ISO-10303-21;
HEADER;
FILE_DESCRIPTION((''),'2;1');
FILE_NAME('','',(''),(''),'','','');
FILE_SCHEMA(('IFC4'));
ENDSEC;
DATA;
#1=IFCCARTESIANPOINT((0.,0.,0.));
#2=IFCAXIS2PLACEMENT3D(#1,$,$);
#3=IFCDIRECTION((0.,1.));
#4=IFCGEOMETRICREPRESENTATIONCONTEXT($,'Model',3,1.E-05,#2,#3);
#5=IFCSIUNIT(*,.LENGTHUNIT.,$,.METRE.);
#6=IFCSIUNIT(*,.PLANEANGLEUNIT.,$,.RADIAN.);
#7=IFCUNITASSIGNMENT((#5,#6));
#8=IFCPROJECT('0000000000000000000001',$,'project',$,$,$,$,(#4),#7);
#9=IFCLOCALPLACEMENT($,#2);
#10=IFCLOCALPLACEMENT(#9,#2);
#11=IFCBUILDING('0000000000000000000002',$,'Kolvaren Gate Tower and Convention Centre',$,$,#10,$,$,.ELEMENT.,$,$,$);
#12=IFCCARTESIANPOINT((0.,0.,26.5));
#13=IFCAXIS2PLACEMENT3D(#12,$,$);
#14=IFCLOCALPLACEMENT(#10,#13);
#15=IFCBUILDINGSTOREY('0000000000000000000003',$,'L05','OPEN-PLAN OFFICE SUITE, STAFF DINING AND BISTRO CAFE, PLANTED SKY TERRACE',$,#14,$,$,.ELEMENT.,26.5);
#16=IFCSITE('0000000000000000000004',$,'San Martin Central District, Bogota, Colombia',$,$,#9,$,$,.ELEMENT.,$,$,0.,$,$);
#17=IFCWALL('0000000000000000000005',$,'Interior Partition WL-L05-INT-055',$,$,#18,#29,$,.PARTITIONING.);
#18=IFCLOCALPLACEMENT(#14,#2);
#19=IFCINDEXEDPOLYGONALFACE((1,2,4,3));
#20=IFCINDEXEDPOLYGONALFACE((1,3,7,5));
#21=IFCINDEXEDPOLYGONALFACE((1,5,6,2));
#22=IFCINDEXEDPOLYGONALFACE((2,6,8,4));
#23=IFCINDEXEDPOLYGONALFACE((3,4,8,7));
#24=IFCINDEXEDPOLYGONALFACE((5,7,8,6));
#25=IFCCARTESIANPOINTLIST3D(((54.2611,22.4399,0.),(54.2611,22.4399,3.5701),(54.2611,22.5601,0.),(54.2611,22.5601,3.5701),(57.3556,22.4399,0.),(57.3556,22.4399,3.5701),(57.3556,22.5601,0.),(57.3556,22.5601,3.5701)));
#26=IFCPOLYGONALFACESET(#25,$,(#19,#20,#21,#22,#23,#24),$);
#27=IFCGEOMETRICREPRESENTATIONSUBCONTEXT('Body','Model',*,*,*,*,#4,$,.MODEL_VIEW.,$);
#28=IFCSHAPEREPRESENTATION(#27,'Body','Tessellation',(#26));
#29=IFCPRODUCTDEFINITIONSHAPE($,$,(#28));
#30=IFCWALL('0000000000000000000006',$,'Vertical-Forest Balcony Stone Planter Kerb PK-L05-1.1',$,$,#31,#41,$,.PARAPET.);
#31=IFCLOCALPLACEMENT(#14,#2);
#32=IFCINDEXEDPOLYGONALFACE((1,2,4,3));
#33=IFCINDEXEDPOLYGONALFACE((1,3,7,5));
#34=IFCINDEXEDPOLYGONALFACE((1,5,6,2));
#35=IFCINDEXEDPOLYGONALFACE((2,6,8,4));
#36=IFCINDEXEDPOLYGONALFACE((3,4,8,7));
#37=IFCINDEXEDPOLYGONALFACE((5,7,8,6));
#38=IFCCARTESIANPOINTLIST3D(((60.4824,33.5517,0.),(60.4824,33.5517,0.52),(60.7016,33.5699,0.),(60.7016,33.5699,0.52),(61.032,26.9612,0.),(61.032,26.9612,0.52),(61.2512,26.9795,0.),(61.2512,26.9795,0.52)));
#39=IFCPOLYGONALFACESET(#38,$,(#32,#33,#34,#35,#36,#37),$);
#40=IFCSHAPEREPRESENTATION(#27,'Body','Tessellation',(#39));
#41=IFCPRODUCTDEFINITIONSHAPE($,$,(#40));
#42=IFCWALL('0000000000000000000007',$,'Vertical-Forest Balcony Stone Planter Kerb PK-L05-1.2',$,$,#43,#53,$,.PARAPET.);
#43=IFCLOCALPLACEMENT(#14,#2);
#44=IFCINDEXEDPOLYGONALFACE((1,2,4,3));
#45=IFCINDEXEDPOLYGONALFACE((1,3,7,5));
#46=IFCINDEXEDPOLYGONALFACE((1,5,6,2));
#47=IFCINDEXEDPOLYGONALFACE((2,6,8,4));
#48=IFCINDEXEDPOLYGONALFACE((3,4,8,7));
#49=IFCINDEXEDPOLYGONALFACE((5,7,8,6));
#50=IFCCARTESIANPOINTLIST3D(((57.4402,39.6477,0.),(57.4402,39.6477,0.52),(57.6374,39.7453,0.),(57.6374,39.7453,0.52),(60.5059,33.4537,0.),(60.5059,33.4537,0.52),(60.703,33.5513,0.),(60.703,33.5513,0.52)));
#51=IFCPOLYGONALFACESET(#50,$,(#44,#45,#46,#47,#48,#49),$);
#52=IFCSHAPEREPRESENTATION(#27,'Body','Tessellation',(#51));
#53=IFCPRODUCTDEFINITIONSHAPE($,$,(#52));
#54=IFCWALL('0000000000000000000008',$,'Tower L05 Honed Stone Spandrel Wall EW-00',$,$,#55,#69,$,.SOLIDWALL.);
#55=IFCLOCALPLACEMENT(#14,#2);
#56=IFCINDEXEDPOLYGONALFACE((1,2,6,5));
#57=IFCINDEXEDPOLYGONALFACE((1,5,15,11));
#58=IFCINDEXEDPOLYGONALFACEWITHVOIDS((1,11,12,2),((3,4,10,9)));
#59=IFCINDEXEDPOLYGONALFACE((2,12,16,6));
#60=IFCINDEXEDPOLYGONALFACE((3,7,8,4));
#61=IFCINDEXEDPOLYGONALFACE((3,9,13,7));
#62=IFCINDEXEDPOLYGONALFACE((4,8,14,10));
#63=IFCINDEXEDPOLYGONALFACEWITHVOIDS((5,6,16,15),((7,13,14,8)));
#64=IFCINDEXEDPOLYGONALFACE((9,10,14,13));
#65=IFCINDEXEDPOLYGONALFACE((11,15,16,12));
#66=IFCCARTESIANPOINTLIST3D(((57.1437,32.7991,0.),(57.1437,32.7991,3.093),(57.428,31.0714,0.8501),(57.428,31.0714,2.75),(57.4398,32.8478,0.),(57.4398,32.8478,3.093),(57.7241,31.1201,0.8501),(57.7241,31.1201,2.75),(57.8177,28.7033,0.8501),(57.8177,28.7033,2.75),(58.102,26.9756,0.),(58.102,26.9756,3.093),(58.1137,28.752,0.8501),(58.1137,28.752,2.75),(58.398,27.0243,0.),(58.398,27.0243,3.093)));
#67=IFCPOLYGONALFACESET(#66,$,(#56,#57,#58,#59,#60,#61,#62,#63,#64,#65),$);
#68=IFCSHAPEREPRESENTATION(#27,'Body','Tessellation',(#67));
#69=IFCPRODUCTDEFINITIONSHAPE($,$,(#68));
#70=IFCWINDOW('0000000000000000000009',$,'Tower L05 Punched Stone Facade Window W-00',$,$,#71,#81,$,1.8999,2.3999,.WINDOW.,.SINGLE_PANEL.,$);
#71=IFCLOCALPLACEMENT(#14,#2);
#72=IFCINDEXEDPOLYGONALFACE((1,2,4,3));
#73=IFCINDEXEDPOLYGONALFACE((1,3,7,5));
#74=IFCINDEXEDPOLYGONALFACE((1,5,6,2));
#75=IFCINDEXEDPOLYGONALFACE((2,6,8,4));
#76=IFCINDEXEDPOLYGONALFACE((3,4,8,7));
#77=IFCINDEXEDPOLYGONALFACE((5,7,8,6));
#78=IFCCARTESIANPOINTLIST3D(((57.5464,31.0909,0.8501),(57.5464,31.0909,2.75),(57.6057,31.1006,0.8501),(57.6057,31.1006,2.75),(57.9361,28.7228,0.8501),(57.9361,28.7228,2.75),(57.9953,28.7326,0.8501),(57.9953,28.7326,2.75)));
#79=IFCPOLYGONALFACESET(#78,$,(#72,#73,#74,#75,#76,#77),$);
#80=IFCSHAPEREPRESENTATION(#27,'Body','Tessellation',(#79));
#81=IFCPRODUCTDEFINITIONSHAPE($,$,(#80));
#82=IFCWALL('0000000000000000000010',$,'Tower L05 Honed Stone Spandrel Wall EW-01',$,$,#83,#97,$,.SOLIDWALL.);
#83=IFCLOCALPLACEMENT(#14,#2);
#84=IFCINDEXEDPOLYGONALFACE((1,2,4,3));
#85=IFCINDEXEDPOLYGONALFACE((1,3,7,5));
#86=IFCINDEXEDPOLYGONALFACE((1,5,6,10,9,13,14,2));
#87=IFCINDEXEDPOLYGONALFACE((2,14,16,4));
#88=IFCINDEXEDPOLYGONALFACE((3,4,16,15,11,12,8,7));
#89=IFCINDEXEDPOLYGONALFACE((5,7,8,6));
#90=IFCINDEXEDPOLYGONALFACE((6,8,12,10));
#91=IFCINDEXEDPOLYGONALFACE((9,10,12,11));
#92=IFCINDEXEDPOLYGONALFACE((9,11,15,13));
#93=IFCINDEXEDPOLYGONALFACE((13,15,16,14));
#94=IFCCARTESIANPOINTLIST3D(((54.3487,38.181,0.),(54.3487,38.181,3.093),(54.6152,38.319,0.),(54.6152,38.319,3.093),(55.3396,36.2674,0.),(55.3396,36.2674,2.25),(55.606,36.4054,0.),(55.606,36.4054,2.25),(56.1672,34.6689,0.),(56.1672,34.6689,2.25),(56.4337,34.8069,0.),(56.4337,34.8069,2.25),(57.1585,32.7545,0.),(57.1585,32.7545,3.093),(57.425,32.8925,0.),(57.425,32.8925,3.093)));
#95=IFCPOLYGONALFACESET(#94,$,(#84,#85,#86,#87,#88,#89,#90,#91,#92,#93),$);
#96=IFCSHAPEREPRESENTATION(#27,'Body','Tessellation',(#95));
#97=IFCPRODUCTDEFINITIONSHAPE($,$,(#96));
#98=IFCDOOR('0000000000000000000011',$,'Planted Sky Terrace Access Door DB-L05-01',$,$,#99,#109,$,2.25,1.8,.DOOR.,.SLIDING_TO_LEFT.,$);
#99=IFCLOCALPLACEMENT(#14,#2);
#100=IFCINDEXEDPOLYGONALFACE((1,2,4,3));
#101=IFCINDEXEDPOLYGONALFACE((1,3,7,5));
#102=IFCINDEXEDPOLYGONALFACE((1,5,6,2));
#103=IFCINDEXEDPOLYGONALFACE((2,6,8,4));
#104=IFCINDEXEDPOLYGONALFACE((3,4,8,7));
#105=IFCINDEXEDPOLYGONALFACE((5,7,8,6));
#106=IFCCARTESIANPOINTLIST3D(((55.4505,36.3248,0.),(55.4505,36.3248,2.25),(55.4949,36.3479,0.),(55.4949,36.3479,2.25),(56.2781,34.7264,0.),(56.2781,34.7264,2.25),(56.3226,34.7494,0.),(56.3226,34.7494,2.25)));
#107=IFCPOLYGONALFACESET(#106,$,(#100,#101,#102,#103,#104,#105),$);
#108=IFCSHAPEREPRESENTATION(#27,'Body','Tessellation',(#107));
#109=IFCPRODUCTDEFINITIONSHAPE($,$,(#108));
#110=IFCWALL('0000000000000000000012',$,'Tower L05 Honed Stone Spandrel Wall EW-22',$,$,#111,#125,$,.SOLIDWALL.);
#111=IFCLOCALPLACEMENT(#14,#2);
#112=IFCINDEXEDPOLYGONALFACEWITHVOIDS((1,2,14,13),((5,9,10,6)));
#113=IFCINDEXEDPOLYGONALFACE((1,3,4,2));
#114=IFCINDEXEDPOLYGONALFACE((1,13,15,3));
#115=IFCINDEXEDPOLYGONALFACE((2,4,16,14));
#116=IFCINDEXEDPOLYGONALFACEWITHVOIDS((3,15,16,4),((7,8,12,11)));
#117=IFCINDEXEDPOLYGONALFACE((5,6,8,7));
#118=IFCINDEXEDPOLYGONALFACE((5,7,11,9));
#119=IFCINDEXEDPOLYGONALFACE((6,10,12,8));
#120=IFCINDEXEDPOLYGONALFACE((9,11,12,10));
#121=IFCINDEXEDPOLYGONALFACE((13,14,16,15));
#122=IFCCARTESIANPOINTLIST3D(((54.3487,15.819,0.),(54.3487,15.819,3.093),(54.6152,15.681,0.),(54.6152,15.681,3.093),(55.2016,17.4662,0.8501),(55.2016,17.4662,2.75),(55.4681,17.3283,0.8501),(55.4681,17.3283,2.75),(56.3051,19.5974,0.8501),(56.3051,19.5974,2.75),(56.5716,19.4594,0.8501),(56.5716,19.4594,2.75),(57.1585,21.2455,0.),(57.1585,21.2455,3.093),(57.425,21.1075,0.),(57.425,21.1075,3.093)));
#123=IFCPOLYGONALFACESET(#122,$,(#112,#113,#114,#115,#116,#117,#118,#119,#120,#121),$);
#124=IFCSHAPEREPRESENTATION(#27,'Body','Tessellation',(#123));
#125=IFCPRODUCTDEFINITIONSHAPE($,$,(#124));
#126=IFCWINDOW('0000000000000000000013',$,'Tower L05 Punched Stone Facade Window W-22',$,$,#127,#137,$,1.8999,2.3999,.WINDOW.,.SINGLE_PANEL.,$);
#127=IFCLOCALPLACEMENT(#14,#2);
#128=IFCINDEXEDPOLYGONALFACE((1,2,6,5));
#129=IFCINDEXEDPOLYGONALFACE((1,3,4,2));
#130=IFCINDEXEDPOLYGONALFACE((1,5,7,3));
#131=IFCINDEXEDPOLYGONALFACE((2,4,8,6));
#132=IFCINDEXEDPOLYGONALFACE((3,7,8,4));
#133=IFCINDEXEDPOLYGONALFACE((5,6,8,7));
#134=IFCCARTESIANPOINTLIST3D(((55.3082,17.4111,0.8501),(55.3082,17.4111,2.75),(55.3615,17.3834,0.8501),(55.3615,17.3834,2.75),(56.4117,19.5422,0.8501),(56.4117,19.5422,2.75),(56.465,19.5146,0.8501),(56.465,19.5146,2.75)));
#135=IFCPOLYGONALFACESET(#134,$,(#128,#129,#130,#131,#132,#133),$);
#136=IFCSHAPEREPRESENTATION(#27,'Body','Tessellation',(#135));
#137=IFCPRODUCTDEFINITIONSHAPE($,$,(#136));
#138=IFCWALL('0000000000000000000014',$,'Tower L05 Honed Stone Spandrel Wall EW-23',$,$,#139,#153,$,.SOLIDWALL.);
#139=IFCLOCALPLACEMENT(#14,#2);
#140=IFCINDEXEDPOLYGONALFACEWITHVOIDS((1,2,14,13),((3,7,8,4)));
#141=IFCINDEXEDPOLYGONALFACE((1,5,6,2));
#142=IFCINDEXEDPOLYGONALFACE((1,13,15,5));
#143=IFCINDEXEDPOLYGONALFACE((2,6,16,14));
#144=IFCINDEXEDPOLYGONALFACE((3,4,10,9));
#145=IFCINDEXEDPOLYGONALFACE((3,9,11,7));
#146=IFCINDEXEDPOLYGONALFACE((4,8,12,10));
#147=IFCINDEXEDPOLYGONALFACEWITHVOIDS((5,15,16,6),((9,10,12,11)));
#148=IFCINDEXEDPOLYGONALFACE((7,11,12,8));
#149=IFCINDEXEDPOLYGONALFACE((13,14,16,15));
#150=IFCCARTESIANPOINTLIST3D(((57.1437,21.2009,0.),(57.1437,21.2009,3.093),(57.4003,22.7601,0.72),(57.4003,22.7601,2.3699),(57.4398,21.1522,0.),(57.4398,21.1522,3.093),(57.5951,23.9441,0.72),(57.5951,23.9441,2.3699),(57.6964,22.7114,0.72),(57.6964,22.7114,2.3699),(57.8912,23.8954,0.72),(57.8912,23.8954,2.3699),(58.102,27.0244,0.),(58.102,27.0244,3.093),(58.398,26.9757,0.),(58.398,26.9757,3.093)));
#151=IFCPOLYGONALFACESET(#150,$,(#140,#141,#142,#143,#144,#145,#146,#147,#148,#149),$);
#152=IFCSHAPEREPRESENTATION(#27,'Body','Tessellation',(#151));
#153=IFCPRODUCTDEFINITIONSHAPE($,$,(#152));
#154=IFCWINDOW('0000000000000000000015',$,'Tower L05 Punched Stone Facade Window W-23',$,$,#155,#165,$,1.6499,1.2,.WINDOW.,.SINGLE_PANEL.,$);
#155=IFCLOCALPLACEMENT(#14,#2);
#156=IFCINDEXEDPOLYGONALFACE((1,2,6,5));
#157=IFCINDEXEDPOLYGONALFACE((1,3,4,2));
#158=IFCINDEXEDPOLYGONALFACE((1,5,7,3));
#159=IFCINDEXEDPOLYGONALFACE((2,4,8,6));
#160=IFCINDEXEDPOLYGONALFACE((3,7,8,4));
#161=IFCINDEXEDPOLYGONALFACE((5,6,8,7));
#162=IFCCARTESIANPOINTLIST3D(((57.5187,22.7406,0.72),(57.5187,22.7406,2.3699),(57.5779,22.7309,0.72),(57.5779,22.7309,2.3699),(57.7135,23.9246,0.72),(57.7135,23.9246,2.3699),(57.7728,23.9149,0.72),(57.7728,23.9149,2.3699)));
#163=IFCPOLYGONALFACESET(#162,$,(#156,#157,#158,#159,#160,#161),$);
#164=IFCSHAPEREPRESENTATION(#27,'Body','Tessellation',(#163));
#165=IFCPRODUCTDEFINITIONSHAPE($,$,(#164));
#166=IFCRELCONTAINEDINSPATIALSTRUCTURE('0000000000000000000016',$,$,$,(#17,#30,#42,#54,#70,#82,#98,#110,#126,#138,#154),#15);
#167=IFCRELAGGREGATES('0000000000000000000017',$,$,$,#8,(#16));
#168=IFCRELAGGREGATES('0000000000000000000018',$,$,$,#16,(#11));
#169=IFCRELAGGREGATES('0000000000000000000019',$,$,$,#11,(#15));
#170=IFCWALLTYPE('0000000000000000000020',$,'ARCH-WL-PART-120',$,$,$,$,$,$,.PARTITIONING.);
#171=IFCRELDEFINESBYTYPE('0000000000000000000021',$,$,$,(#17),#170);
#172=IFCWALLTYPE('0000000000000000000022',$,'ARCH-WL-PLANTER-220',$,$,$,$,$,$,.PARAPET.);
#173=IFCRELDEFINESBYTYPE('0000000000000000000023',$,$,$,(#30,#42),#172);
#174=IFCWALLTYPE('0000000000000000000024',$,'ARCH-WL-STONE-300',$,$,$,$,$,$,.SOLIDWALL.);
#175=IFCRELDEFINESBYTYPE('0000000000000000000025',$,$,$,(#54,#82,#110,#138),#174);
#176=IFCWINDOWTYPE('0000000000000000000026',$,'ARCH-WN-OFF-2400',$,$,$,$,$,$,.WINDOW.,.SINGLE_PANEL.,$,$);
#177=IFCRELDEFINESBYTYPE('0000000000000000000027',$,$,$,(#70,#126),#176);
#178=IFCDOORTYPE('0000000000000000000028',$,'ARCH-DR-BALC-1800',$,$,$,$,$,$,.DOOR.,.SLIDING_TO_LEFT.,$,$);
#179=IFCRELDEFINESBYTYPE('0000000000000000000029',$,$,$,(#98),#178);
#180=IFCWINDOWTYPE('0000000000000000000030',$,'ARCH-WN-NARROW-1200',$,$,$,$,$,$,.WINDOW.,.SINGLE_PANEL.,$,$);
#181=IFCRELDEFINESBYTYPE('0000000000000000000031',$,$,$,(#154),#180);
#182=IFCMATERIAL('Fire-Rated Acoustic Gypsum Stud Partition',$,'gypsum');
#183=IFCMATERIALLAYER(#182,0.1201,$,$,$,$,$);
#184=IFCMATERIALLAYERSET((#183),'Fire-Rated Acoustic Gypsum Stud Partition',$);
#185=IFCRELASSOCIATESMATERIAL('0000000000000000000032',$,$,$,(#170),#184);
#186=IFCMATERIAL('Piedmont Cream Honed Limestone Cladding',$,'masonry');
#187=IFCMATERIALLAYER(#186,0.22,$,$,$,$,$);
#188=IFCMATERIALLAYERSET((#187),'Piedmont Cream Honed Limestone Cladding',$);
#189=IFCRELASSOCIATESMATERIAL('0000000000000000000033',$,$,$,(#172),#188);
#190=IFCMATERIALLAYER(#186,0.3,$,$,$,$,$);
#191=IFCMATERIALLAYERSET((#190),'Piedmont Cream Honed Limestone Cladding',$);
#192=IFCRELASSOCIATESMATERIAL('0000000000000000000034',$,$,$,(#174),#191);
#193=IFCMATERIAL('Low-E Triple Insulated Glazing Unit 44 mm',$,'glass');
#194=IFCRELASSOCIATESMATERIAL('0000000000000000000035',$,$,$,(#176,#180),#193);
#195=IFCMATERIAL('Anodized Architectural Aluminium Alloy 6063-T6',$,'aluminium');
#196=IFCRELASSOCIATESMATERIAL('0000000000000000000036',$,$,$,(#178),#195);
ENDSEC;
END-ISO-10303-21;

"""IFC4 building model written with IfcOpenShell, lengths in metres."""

from ifc_helpers import new_model, si_unit, direction, frame, frame_2d, origin, place, context, subcontext, project, spatial, rectangle, extrude, material, layer, layer_set, type_object, element, fill, save


model = new_model("IFC4")

# Units and contexts
model_context = context("Model", 3, precision=1e-05, world=origin(), true_north=direction((0.0, 1.0)))
body_context = subcontext(model_context, "Body", "Model", "MODEL_VIEW")
ifc_project = project(units=[si_unit("LENGTHUNIT", "METRE"), si_unit("PLANEANGLEUNIT", "RADIAN")], contexts=[model_context])

# Site, building, storey
site_placement = place(None, origin())
site = spatial("IfcSite", under=ifc_project, at=site_placement, Name="San Martin Central District, Bogota, Colombia", CompositionType="ELEMENT", RefElevation=0.0)
building_placement = place(site_placement, origin())
building = spatial("IfcBuilding", under=site, at=building_placement, Name="Kolvaren Gate Tower and Convention Centre", CompositionType="ELEMENT")
storey_placement = place(building_placement, frame((0.0, 0.0, 26.5)))
storey = spatial("IfcBuildingStorey", under=building, at=storey_placement, Name="L05", Description="OPEN-PLAN OFFICE SUITE, STAFF DINING AND BISTRO CAFE, PLANTED SKY TERRACE", CompositionType="ELEMENT", Elevation=26.5)

# Shared definitions
ifc_material_1 = material(Name="Piedmont Cream Honed Limestone Cladding", Category="masonry")

# Shared definitions
ifc_material_2 = material(Name="Fire-Rated Acoustic Gypsum Stud Partition", Category="gypsum")
ifc_layer_1 = layer(ifc_material_2, 0.1201)
ifc_layer_set_1 = layer_set([ifc_layer_1], Name="Fire-Rated Acoustic Gypsum Stud Partition")
wall_type_1 = type_object("IfcWallType", Name="ARCH-WL-PART-120", PredefinedType="PARTITIONING", material=ifc_layer_set_1)

# Walls
wall_1_placement = place(storey_placement, frame((54.261, 22.5, 0.0), z_axis=(0.0, 0.0, 1.0), x_axis=(1.0, 0.0, 0.0)))
element("IfcWall", 1, at=wall_1_placement, inside=storey, type_object=wall_type_1, Name="Interior Partition WL-L05-INT-055", PredefinedType="PARTITIONING", context=body_context, shape_type="SweptSolid", body=[
    extrude(rectangle(XDim=3.0945, YDim=0.1201, at=frame_2d((1.5474, 0.0))), origin(), (0.0, 0.0, 1.0), 3.5701),
])
ifc_layer_2 = layer(ifc_material_1, 0.22)
ifc_layer_set_2 = layer_set([ifc_layer_2], Name="Piedmont Cream Honed Limestone Cladding")
wall_type_2 = type_object("IfcWallType", Name="ARCH-WL-PLANTER-220", PredefinedType="PARAPET", material=ifc_layer_set_2)
wall_2_placement = place(storey_placement, frame((60.592, 33.5608, 0.0), z_axis=(0.0, 0.0, 1.0), x_axis=(0.0831, -0.996541, 0.0)))
element("IfcWall", 2, at=wall_2_placement, inside=storey, type_object=wall_type_2, Name="Vertical-Forest Balcony Stone Planter Kerb PK-L05-1.1", PredefinedType="PARAPET", context=body_context, shape_type="SweptSolid", body=[
    extrude(rectangle(XDim=6.6133, YDim=0.22, at=frame_2d((3.3066, 0.0))), origin(), (0.0, 0.0, 1.0), 0.52),
])
wall_3_placement = place(storey_placement, frame((57.5388, 39.6965, 0.0), z_axis=(0.0, 0.0, 1.0), x_axis=(0.443578, -0.896236, 0.0)))
element("IfcWall", 3, at=wall_3_placement, inside=storey, type_object=wall_type_2, Name="Vertical-Forest Balcony Stone Planter Kerb PK-L05-1.2", PredefinedType="PARAPET", context=body_context, shape_type="SweptSolid", body=[
    extrude(rectangle(XDim=6.9111, YDim=0.22, at=frame_2d((3.4556, 0.0))), origin(), (0.0, 0.0, 1.0), 0.52),
])

# Wall, opening, window
ifc_layer_3 = layer(ifc_material_1, 0.3)
ifc_layer_set_3 = layer_set([ifc_layer_3], Name="Piedmont Cream Honed Limestone Cladding")
wall_type_3 = type_object("IfcWallType", Name="ARCH-WL-STONE-300", PredefinedType="SOLIDWALL", material=ifc_layer_set_3)
wall_4_placement = place(storey_placement, frame((57.2917, 32.8235, 0.0), z_axis=(0.0, 0.0, 1.0), x_axis=(0.162366, -0.986731, 0.0)))
wall_4 = element("IfcWall", 4, at=wall_4_placement, inside=storey, type_object=wall_type_3, Name="Tower L05 Honed Stone Spandrel Wall EW-00", PredefinedType="SOLIDWALL", context=body_context, shape_type="SweptSolid", body=[
    extrude(rectangle(XDim=5.9019, YDim=0.3, at=frame_2d((2.9509, 0.0))), origin(), (0.0, 0.0, 1.0), 3.093),
])
opening_1_placement = place(wall_4_placement, frame((1.751, 0.0, 0.8501)))
opening_1 = element("IfcOpeningElement", 5, at=opening_1_placement, cuts=wall_4, PredefinedType="OPENING", context=body_context, shape_type="SweptSolid", body=[
    extrude(rectangle(XDim=2.3999, YDim=1.8999, at=frame_2d((1.2, 0.95))), frame((0.0, 0.1599, 0.0), z_axis=(0.0, -1.0, 0.0), x_axis=(1.0, 0.0, 0.0)), (0.0, 0.0, 1.0), 0.3201),
])
ifc_material_3 = material(Name="Low-E Triple Insulated Glazing Unit 44 mm", Category="glass")
window_type_1 = type_object("IfcWindowType", Name="ARCH-WN-OFF-2400", PartitioningType="SINGLE_PANEL", PredefinedType="WINDOW", material=ifc_material_3)
window_1_placement = place(opening_1_placement, origin())
window_1 = element("IfcWindow", 6, at=window_1_placement, inside=storey, type_object=window_type_1, Name="Tower L05 Punched Stone Facade Window W-00", OverallHeight=1.8999, OverallWidth=2.3999, PartitioningType="SINGLE_PANEL", PredefinedType="WINDOW", context=body_context, shape_type="SweptSolid", body=[
    extrude(rectangle(XDim=2.3999, YDim=1.8999, at=frame_2d((1.2, 0.95))), frame((0.0, 0.03, 0.0), z_axis=(0.0, -1.0, 0.0), x_axis=(1.0, 0.0, 0.0)), (0.0, 0.0, 1.0), 0.0601),
])
fill(opening_1, window_1)

# Wall, opening, door
wall_5_placement = place(storey_placement, frame((54.4819, 38.25, 0.0), z_axis=(0.0, 0.0, 1.0), x_axis=(0.45981, -0.888017, 0.0)))
wall_5 = element("IfcWall", 7, at=wall_5_placement, inside=storey, type_object=wall_type_3, Name="Tower L05 Honed Stone Spandrel Wall EW-01", PredefinedType="SOLIDWALL", context=body_context, shape_type="SweptSolid", body=[
    extrude(rectangle(XDim=6.1108, YDim=0.3, at=frame_2d((3.0554, 0.0))), origin(), (0.0, 0.0, 1.0), 3.093),
])
opening_2_placement = place(wall_5_placement, frame((2.155, 0.0, 0.0)))
opening_2 = element("IfcOpeningElement", 8, at=opening_2_placement, cuts=wall_5, PredefinedType="OPENING", context=body_context, shape_type="SweptSolid", body=[
    extrude(rectangle(XDim=1.8, YDim=2.25, at=frame_2d((0.8999, 1.125))), frame((0.0, 0.1599, 0.0), z_axis=(0.0, -1.0, 0.0), x_axis=(1.0, 0.0, 0.0)), (0.0, 0.0, 1.0), 0.3201),
])
ifc_material_4 = material(Name="Anodized Architectural Aluminium Alloy 6063-T6", Category="aluminium")
door_type_1 = type_object("IfcDoorType", Name="ARCH-DR-BALC-1800", OperationType="SLIDING_TO_LEFT", PredefinedType="DOOR", material=ifc_material_4)
door_1_placement = place(opening_2_placement, origin())
door_1 = element("IfcDoor", 9, at=door_1_placement, inside=storey, type_object=door_type_1, Name="Planted Sky Terrace Access Door DB-L05-01", OperationType="SLIDING_TO_LEFT", OverallHeight=2.25, OverallWidth=1.8, PredefinedType="DOOR", context=body_context, shape_type="SweptSolid", body=[
    extrude(rectangle(XDim=1.8, YDim=2.25, at=frame_2d((0.8999, 1.125))), frame((0.0, 0.0249, 0.0), z_axis=(0.0, -1.0, 0.0), x_axis=(1.0, 0.0, 0.0)), (0.0, 0.0, 1.0), 0.05),
])
fill(opening_2, door_1)

# Walls, openings, windows
wall_6_placement = place(storey_placement, frame((54.4819, 15.75, 0.0), z_axis=(0.0, 0.0, 1.0), x_axis=(0.45981, 0.888017, 0.0)))
wall_6 = element("IfcWall", 10, at=wall_6_placement, inside=storey, type_object=wall_type_3, Name="Tower L05 Honed Stone Spandrel Wall EW-22", PredefinedType="SOLIDWALL", context=body_context, shape_type="SweptSolid", body=[
    extrude(rectangle(XDim=6.1108, YDim=0.3, at=frame_2d((3.0554, 0.0))), origin(), (0.0, 0.0, 1.0), 3.093),
])
opening_3_placement = place(wall_6_placement, frame((1.855, 0.0, 0.8501)))
opening_3 = element("IfcOpeningElement", 11, at=opening_3_placement, cuts=wall_6, PredefinedType="OPENING", context=body_context, shape_type="SweptSolid", body=[
    extrude(rectangle(XDim=2.3999, YDim=1.8999, at=frame_2d((1.2, 0.95))), frame((0.0, 0.1599, 0.0), z_axis=(0.0, -1.0, 0.0), x_axis=(1.0, 0.0, 0.0)), (0.0, 0.0, 1.0), 0.3201),
])
window_2_placement = place(opening_3_placement, origin())
window_2 = element("IfcWindow", 12, at=window_2_placement, inside=storey, type_object=window_type_1, Name="Tower L05 Punched Stone Facade Window W-22", OverallHeight=1.8999, OverallWidth=2.3999, PartitioningType="SINGLE_PANEL", PredefinedType="WINDOW", context=body_context, shape_type="SweptSolid", body=[
    extrude(rectangle(XDim=2.3999, YDim=1.8999, at=frame_2d((1.2, 0.95))), frame((0.0, 0.03, 0.0), z_axis=(0.0, -1.0, 0.0), x_axis=(1.0, 0.0, 0.0)), (0.0, 0.0, 1.0), 0.0601),
])
fill(opening_3, window_2)
wall_7_placement = place(storey_placement, frame((57.2917, 21.1765, 0.0), z_axis=(0.0, 0.0, 1.0), x_axis=(0.162366, 0.986731, 0.0)))
wall_7 = element("IfcWall", 13, at=wall_7_placement, inside=storey, type_object=wall_type_3, Name="Tower L05 Honed Stone Spandrel Wall EW-23", PredefinedType="SOLIDWALL", context=body_context, shape_type="SweptSolid", body=[
    extrude(rectangle(XDim=5.9019, YDim=0.3, at=frame_2d((2.9509, 0.0))), origin(), (0.0, 0.0, 1.0), 3.093),
])
opening_4_placement = place(wall_7_placement, frame((1.5801, 0.0, 0.72)))
opening_4 = element("IfcOpeningElement", 14, at=opening_4_placement, cuts=wall_7, PredefinedType="OPENING", context=body_context, shape_type="SweptSolid", body=[
    extrude(rectangle(XDim=1.2, YDim=1.6499, at=frame_2d((0.6001, 0.825))), frame((0.0, 0.1599, 0.0), z_axis=(0.0, -1.0, 0.0), x_axis=(1.0, 0.0, 0.0)), (0.0, 0.0, 1.0), 0.3201),
])
window_type_2 = type_object("IfcWindowType", Name="ARCH-WN-NARROW-1200", PartitioningType="SINGLE_PANEL", PredefinedType="WINDOW", material=ifc_material_3)
window_3_placement = place(opening_4_placement, origin())
window_3 = element("IfcWindow", 15, at=window_3_placement, inside=storey, type_object=window_type_2, Name="Tower L05 Punched Stone Facade Window W-23", OverallHeight=1.6499, OverallWidth=1.2, PartitioningType="SINGLE_PANEL", PredefinedType="WINDOW", context=body_context, shape_type="SweptSolid", body=[
    extrude(rectangle(XDim=1.2, YDim=1.6499, at=frame_2d((0.6001, 0.825))), frame((0.0, 0.03, 0.0), z_axis=(0.0, -1.0, 0.0), x_axis=(1.0, 0.0, 0.0)), (0.0, 0.0, 1.0), 0.0601),
])
fill(opening_4, window_3)

save(model, "model.ifc")
